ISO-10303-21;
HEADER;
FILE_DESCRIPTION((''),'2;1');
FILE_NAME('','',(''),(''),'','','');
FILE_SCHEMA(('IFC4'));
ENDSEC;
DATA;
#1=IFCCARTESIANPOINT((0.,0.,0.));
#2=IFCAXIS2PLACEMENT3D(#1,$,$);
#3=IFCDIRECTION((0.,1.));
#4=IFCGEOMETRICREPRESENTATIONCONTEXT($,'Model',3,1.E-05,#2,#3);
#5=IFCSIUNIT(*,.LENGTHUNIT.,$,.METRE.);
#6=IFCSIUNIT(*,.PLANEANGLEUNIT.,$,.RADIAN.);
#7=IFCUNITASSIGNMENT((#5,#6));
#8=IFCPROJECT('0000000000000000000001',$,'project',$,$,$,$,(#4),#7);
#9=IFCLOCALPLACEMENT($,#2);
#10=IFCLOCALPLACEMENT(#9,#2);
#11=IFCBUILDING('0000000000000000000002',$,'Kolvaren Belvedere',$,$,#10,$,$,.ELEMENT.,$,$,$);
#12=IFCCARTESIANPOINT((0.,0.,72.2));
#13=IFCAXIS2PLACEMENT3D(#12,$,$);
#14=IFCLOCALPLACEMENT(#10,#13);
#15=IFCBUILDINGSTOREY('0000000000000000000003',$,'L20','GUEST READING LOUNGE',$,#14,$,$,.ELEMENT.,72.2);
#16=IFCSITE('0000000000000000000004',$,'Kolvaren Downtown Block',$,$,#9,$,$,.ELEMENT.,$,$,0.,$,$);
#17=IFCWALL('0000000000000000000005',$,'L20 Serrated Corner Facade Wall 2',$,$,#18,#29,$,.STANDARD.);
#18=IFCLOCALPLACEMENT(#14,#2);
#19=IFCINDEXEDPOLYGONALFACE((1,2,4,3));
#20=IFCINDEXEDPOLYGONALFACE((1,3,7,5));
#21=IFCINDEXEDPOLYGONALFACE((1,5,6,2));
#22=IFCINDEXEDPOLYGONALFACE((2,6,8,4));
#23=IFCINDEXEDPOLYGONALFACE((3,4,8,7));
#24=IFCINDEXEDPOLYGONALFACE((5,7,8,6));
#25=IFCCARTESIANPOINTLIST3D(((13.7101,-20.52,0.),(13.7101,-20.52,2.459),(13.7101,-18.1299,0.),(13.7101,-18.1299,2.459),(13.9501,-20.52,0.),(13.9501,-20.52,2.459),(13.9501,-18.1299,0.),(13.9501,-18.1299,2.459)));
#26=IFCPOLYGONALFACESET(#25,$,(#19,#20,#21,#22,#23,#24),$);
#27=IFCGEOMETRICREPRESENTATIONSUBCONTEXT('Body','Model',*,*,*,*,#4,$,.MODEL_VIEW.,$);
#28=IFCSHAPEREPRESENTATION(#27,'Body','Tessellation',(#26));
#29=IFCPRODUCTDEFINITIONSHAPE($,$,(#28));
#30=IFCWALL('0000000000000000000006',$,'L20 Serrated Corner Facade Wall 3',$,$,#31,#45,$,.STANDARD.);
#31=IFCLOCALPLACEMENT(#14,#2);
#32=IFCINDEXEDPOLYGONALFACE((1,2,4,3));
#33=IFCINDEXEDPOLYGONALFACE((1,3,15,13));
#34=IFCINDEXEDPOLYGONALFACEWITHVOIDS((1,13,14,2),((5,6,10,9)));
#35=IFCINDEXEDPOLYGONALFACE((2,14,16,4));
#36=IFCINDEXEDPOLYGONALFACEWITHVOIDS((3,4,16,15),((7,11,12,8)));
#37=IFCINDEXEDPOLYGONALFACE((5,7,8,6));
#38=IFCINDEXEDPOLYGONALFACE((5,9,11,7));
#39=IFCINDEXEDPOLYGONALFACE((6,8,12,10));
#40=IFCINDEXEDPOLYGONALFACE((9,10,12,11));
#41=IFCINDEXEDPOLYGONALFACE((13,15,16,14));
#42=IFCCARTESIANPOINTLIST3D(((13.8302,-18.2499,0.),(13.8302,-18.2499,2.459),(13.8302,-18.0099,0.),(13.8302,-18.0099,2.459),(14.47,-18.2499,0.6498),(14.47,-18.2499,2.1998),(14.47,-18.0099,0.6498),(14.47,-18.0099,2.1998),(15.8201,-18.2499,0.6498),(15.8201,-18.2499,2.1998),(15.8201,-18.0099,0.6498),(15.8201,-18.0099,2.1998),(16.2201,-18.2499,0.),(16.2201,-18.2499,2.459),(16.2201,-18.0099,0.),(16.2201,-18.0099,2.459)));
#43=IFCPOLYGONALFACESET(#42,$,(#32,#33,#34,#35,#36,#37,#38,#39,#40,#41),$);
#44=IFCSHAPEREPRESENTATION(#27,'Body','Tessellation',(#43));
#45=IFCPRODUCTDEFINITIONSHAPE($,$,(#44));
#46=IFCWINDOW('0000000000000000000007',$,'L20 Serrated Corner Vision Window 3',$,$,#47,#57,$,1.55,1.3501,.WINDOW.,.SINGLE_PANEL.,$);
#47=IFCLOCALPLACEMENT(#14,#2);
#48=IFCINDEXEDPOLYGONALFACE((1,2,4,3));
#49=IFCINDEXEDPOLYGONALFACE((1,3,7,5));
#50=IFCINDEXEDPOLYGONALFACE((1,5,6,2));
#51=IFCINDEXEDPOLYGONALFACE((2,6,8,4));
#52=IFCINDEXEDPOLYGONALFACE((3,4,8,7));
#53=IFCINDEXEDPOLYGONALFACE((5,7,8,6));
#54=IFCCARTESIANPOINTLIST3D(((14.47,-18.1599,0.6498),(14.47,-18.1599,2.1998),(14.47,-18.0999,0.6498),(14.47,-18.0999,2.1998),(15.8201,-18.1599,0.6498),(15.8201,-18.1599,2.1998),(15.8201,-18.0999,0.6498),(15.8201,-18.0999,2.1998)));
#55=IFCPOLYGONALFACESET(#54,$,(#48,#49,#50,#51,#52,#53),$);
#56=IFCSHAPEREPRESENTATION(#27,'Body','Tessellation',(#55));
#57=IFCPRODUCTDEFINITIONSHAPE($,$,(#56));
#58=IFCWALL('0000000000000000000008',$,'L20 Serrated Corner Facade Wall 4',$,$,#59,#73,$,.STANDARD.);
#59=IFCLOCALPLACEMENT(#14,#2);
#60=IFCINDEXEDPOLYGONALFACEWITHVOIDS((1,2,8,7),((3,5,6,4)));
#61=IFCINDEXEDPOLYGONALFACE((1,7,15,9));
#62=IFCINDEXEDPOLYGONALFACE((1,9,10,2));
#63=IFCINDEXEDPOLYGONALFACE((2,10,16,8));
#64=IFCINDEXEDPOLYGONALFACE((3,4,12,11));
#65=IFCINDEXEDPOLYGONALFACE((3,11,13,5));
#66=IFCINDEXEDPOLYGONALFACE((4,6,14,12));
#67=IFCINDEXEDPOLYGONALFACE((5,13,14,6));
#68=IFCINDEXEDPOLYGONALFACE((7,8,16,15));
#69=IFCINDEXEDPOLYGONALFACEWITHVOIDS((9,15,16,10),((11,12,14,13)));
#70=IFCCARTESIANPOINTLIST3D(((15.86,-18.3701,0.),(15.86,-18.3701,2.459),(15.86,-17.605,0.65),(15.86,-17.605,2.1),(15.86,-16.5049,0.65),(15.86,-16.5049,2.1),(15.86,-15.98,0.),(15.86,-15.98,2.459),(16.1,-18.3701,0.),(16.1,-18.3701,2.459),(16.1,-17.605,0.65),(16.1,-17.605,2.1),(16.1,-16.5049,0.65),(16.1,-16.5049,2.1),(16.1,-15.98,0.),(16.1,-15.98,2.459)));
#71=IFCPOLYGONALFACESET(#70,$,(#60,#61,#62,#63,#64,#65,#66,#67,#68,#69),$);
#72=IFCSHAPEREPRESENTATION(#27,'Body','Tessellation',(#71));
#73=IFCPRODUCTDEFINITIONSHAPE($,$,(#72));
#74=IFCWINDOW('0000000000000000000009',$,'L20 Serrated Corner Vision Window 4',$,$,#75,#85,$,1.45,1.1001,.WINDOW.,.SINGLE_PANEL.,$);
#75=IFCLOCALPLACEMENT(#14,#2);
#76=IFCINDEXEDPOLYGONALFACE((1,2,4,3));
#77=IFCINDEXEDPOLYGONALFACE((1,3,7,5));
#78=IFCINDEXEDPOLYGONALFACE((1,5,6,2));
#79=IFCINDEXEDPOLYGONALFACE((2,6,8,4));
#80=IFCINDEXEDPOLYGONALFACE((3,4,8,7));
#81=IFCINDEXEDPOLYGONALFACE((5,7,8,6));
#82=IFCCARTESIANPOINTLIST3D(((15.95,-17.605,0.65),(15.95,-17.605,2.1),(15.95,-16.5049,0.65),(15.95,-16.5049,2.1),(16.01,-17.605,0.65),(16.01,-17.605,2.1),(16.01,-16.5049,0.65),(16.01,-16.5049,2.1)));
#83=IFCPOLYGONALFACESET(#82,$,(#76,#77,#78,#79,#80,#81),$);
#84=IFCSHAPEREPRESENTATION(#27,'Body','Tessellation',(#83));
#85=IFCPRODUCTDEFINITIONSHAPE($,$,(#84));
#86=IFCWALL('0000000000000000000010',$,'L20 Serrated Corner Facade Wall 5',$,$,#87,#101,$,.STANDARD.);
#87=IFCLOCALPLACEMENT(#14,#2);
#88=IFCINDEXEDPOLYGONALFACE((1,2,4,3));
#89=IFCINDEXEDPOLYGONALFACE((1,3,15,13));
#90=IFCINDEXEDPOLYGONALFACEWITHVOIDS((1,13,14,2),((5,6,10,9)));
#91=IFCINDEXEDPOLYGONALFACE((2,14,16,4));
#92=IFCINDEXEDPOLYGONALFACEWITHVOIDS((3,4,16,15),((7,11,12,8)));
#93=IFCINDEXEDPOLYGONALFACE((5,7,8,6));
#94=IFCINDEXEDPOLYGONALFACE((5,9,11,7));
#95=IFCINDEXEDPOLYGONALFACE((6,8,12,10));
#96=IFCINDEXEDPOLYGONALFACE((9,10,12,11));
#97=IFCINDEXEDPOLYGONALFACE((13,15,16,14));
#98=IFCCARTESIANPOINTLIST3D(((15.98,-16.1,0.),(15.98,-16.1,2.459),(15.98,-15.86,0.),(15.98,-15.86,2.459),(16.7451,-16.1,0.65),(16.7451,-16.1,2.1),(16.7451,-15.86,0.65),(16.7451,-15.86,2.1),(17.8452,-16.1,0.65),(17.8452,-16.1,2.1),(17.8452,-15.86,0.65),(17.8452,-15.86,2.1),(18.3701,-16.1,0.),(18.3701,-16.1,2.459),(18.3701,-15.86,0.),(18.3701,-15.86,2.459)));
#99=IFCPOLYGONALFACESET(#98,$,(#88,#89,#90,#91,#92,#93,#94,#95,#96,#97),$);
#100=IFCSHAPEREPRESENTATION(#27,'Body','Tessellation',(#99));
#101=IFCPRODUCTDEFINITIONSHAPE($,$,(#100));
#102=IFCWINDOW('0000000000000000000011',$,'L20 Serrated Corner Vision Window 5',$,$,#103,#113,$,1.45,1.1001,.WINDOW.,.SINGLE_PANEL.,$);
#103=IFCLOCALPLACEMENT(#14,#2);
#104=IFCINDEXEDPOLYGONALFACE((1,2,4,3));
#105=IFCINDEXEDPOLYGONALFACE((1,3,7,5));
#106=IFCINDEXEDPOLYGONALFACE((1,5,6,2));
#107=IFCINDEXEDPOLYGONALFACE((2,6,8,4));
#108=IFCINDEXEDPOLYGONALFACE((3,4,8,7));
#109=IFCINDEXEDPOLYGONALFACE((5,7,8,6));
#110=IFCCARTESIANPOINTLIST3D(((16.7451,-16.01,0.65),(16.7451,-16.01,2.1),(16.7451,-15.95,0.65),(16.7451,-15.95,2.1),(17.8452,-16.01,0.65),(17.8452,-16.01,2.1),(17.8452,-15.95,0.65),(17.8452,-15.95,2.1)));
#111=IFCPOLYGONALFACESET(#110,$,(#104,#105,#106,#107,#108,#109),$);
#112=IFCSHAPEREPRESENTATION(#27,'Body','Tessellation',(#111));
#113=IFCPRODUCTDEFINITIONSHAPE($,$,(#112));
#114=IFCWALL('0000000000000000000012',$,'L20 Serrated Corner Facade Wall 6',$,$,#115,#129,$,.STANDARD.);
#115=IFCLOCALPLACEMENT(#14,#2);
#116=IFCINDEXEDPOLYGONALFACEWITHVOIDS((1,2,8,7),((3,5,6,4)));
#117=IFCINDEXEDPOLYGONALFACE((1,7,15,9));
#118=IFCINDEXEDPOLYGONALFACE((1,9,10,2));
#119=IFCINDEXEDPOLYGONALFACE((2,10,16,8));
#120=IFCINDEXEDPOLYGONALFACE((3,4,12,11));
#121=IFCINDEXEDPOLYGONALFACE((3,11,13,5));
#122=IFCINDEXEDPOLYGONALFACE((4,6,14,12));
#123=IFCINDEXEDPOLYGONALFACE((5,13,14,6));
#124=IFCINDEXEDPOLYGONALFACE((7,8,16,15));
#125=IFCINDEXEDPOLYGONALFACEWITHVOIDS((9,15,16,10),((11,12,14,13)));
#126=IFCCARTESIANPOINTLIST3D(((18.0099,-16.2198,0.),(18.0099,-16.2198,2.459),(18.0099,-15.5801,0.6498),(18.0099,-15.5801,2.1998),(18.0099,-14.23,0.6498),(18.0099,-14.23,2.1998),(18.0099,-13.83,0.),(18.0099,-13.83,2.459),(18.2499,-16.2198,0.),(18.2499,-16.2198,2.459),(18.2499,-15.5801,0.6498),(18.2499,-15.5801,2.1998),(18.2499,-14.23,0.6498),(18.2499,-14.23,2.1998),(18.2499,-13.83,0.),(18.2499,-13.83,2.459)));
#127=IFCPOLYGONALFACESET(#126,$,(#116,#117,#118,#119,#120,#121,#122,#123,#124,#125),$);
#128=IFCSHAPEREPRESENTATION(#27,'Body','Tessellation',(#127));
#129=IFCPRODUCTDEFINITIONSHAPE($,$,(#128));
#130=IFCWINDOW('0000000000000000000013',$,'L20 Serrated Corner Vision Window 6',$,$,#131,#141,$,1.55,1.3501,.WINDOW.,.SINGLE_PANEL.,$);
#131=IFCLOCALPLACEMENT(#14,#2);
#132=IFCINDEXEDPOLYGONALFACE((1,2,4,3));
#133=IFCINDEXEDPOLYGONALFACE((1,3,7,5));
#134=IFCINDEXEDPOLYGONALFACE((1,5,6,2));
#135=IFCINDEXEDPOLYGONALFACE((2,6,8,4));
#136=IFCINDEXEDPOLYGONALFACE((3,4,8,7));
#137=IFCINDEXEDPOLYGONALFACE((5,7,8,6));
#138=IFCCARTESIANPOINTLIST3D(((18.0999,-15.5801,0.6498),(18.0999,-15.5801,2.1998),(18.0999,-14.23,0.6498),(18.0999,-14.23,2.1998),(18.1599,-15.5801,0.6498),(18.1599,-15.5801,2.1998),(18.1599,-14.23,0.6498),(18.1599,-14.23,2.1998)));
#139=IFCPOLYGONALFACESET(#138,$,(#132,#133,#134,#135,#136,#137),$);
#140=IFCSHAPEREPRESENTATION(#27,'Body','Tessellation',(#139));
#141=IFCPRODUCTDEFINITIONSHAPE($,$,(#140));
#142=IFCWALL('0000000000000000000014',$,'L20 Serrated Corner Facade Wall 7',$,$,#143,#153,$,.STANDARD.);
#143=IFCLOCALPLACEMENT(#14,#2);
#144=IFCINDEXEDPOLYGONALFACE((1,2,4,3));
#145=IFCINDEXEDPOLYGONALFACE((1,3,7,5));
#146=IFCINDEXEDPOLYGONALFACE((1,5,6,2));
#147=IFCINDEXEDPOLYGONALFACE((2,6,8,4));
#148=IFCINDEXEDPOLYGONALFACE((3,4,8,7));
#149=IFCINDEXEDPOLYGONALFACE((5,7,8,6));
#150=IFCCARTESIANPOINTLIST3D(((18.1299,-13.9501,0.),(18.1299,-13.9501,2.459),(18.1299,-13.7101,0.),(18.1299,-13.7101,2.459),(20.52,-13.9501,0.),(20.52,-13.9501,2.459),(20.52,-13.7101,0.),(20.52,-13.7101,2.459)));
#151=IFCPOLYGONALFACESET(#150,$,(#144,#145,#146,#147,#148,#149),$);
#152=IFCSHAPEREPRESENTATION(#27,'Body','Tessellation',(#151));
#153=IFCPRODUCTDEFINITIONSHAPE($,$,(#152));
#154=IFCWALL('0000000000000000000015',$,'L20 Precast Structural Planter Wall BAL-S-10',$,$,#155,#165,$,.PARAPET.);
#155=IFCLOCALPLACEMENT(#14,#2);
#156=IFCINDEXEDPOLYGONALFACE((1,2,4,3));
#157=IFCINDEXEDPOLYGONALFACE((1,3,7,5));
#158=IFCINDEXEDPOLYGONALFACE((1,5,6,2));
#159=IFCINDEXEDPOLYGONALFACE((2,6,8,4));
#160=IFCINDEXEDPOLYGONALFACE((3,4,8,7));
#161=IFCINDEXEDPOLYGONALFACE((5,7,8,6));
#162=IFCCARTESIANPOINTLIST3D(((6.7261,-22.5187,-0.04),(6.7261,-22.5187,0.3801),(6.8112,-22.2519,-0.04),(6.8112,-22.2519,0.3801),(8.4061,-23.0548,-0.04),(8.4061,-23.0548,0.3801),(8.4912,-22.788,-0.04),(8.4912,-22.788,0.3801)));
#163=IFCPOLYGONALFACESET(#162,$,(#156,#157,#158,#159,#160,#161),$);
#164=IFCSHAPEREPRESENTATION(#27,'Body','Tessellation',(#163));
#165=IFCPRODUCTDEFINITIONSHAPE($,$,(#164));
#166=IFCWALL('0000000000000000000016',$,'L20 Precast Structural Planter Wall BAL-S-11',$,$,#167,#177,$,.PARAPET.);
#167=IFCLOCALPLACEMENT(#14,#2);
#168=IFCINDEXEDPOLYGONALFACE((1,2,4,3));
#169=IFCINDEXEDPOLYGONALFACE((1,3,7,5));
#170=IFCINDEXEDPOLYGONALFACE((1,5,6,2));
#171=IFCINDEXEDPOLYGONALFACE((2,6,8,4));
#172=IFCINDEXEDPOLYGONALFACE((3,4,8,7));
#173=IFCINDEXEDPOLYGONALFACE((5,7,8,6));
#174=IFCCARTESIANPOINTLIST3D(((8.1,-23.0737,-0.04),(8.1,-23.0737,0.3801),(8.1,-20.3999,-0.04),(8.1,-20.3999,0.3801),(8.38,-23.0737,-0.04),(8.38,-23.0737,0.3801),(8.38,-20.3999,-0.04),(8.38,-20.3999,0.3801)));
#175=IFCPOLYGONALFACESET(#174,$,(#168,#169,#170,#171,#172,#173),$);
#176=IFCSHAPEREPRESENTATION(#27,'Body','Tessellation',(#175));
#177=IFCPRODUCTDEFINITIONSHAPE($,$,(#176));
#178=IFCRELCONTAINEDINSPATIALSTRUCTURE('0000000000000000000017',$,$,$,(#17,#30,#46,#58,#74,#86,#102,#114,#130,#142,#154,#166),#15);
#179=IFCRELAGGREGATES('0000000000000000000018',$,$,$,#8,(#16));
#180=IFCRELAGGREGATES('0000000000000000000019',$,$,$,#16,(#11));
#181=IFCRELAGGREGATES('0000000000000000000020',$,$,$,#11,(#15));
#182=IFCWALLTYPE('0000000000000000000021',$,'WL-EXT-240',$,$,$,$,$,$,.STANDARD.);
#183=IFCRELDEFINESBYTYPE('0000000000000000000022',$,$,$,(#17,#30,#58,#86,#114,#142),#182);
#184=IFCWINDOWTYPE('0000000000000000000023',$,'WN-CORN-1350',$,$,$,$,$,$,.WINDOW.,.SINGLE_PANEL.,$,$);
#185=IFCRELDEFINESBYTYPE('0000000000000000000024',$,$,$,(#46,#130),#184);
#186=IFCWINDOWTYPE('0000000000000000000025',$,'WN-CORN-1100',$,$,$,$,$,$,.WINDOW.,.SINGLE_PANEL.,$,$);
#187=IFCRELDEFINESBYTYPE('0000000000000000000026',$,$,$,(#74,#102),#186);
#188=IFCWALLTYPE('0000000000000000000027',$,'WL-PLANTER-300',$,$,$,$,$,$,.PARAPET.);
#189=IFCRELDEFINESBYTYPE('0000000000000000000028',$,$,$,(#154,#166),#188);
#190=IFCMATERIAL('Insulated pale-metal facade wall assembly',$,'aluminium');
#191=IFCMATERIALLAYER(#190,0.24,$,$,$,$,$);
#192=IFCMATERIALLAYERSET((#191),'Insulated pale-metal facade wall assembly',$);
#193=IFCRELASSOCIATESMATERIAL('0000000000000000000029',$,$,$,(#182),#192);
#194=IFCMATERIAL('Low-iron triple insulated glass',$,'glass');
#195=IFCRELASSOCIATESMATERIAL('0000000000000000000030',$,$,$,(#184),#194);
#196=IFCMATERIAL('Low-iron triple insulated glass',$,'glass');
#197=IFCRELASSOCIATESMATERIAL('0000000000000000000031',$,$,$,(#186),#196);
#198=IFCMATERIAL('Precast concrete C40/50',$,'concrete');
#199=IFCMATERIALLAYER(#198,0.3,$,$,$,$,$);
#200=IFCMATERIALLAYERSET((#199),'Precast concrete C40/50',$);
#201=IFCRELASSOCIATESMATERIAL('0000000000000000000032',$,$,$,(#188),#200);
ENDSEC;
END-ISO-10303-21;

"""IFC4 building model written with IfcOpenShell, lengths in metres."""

from ifc_helpers import new_model, si_unit, direction, frame, frame_2d, origin, place, context, subcontext, project, spatial, rectangle, extrude, material, layer, layer_set, type_object, element, fill, save


model = new_model("IFC4")

# Units and contexts
model_context = context("Model", 3, precision=1e-05, world=origin(), true_north=direction((0.0, 1.0)))
body_context = subcontext(model_context, "Body", "Model", "MODEL_VIEW")
ifc_project = project(units=[si_unit("LENGTHUNIT", "METRE"), si_unit("PLANEANGLEUNIT", "RADIAN")], contexts=[model_context])

# Site, building, storey
site_placement = place(None, origin())
site = spatial("IfcSite", under=ifc_project, at=site_placement, Name="Kolvaren Downtown Block", CompositionType="ELEMENT", RefElevation=0.0)
building_placement = place(site_placement, origin())
building = spatial("IfcBuilding", under=site, at=building_placement, Name="Kolvaren Belvedere", CompositionType="ELEMENT")
storey_placement = place(building_placement, frame((0.0, 0.0, 72.2)))
storey = spatial("IfcBuildingStorey", under=building, at=storey_placement, Name="L20", Description="GUEST READING LOUNGE", CompositionType="ELEMENT", Elevation=72.2)

# Wall
ifc_material_1 = material(Name="Insulated pale-metal facade wall assembly", Category="aluminium")
ifc_layer_1 = layer(ifc_material_1, 0.24)
ifc_layer_set_1 = layer_set([ifc_layer_1], Name="Insulated pale-metal facade wall assembly")
wall_type_1 = type_object("IfcWallType", Name="WL-EXT-240", PredefinedType="STANDARD", material=ifc_layer_set_1)
wall_1_placement = place(storey_placement, frame((13.8301, -18.1299, 0.0), z_axis=(0.0, 0.0, 1.0), x_axis=(0.0, -1.0, 0.0)))
element("IfcWall", 1, at=wall_1_placement, inside=storey, type_object=wall_type_1, Name="L20 Serrated Corner Facade Wall 2", PredefinedType="STANDARD", context=body_context, shape_type="SweptSolid", body=[
    extrude(rectangle(XDim=2.3901, YDim=0.24, at=frame_2d((1.1951, 0.0))), origin(), (0.0, 0.0, 1.0), 2.459),
])

# Walls, openings, windows
wall_2_placement = place(storey_placement, frame((16.22, -18.1299, 0.0), z_axis=(0.0, 0.0, 1.0), x_axis=(-1.0, 0.0, 0.0)))
wall_2 = element("IfcWall", 2, at=wall_2_placement, inside=storey, type_object=wall_type_1, Name="L20 Serrated Corner Facade Wall 3", PredefinedType="STANDARD", context=body_context, shape_type="SweptSolid", body=[
    extrude(rectangle(XDim=2.3899, YDim=0.24, at=frame_2d((1.1948, 0.0))), origin(), (0.0, 0.0, 1.0), 2.459),
])
opening_1_placement = place(wall_2_placement, frame((0.3999, 0.0, 0.6499)))
opening_1 = element("IfcOpeningElement", 3, at=opening_1_placement, cuts=wall_2, PredefinedType="OPENING", context=body_context, shape_type="SweptSolid", body=[
    extrude(rectangle(XDim=1.3501, YDim=1.55, at=frame_2d((0.675, 0.7749))), frame((0.0, 0.1299, 0.0), z_axis=(0.0, -1.0, 0.0), x_axis=(1.0, 0.0, 0.0)), (0.0, 0.0, 1.0), 0.26),
])
ifc_material_2 = material(Name="Low-iron triple insulated glass", Category="glass")
window_type_1 = type_object("IfcWindowType", Name="WN-CORN-1350", PartitioningType="SINGLE_PANEL", PredefinedType="WINDOW", material=ifc_material_2)
window_1_placement = place(opening_1_placement, origin())
window_1 = element("IfcWindow", 4, at=window_1_placement, inside=storey, type_object=window_type_1, Name="L20 Serrated Corner Vision Window 3", OverallHeight=1.55, OverallWidth=1.3501, PartitioningType="SINGLE_PANEL", PredefinedType="WINDOW", context=body_context, shape_type="SweptSolid", body=[
    extrude(rectangle(XDim=1.3501, YDim=1.55, at=frame_2d((0.675, 0.7749))), frame((0.0, 0.03, 0.0), z_axis=(0.0, -1.0, 0.0), x_axis=(1.0, 0.0, 0.0)), (0.0, 0.0, 1.0), 0.0601),
])
fill(opening_1, window_1)
wall_3_placement = place(storey_placement, frame((15.98, -15.98, 0.0), z_axis=(0.0, 0.0, 1.0), x_axis=(0.0, -1.0, 0.0)))
wall_3 = element("IfcWall", 5, at=wall_3_placement, inside=storey, type_object=wall_type_1, Name="L20 Serrated Corner Facade Wall 4", PredefinedType="STANDARD", context=body_context, shape_type="SweptSolid", body=[
    extrude(rectangle(XDim=2.3901, YDim=0.24, at=frame_2d((1.1951, 0.0))), origin(), (0.0, 0.0, 1.0), 2.459),
])
opening_2_placement = place(wall_3_placement, frame((0.5249, 0.0, 0.6499)))
opening_2 = element("IfcOpeningElement", 6, at=opening_2_placement, cuts=wall_3, PredefinedType="OPENING", context=body_context, shape_type="SweptSolid", body=[
    extrude(rectangle(XDim=1.1001, YDim=1.45, at=frame_2d((0.55, 0.7251))), frame((0.0, 0.1299, 0.0), z_axis=(0.0, -1.0, 0.0), x_axis=(1.0, 0.0, 0.0)), (0.0, 0.0, 1.0), 0.26),
])
ifc_material_3 = material(Name="Low-iron triple insulated glass", Category="glass")
window_type_2 = type_object("IfcWindowType", Name="WN-CORN-1100", PartitioningType="SINGLE_PANEL", PredefinedType="WINDOW", material=ifc_material_3)
window_2_placement = place(opening_2_placement, origin())
window_2 = element("IfcWindow", 7, at=window_2_placement, inside=storey, type_object=window_type_2, Name="L20 Serrated Corner Vision Window 4", OverallHeight=1.45, OverallWidth=1.1001, PartitioningType="SINGLE_PANEL", PredefinedType="WINDOW", context=body_context, shape_type="SweptSolid", body=[
    extrude(rectangle(XDim=1.1001, YDim=1.45, at=frame_2d((0.55, 0.7251))), frame((0.0, 0.03, 0.0), z_axis=(0.0, -1.0, 0.0), x_axis=(1.0, 0.0, 0.0)), (0.0, 0.0, 1.0), 0.0601),
])
fill(opening_2, window_2)
wall_4_placement = place(storey_placement, frame((18.3701, -15.98, 0.0), z_axis=(0.0, 0.0, 1.0), x_axis=(-1.0, 0.0, 0.0)))
wall_4 = element("IfcWall", 8, at=wall_4_placement, inside=storey, type_object=wall_type_1, Name="L20 Serrated Corner Facade Wall 5", PredefinedType="STANDARD", context=body_context, shape_type="SweptSolid", body=[
    extrude(rectangle(XDim=2.3901, YDim=0.24, at=frame_2d((1.1951, 0.0))), origin(), (0.0, 0.0, 1.0), 2.459),
])
opening_3_placement = place(wall_4_placement, frame((0.5249, 0.0, 0.6499)))
opening_3 = element("IfcOpeningElement", 9, at=opening_3_placement, cuts=wall_4, PredefinedType="OPENING", context=body_context, shape_type="SweptSolid", body=[
    extrude(rectangle(XDim=1.1001, YDim=1.45, at=frame_2d((0.55, 0.7251))), frame((0.0, 0.1299, 0.0), z_axis=(0.0, -1.0, 0.0), x_axis=(1.0, 0.0, 0.0)), (0.0, 0.0, 1.0), 0.26),
])
window_3_placement = place(opening_3_placement, origin())
window_3 = element("IfcWindow", 10, at=window_3_placement, inside=storey, type_object=window_type_2, Name="L20 Serrated Corner Vision Window 5", OverallHeight=1.45, OverallWidth=1.1001, PartitioningType="SINGLE_PANEL", PredefinedType="WINDOW", context=body_context, shape_type="SweptSolid", body=[
    extrude(rectangle(XDim=1.1001, YDim=1.45, at=frame_2d((0.55, 0.7251))), frame((0.0, 0.03, 0.0), z_axis=(0.0, -1.0, 0.0), x_axis=(1.0, 0.0, 0.0)), (0.0, 0.0, 1.0), 0.0601),
])
fill(opening_3, window_3)
wall_5_placement = place(storey_placement, frame((18.1299, -13.8301, 0.0), z_axis=(0.0, 0.0, 1.0), x_axis=(0.0, -1.0, 0.0)))
wall_5 = element("IfcWall", 11, at=wall_5_placement, inside=storey, type_object=wall_type_1, Name="L20 Serrated Corner Facade Wall 6", PredefinedType="STANDARD", context=body_context, shape_type="SweptSolid", body=[
    extrude(rectangle(XDim=2.3899, YDim=0.24, at=frame_2d((1.1948, 0.0))), origin(), (0.0, 0.0, 1.0), 2.459),
])
opening_4_placement = place(wall_5_placement, frame((0.3999, 0.0, 0.6499)))
opening_4 = element("IfcOpeningElement", 12, at=opening_4_placement, cuts=wall_5, PredefinedType="OPENING", context=body_context, shape_type="SweptSolid", body=[
    extrude(rectangle(XDim=1.3501, YDim=1.55, at=frame_2d((0.675, 0.7749))), frame((0.0, 0.1299, 0.0), z_axis=(0.0, -1.0, 0.0), x_axis=(1.0, 0.0, 0.0)), (0.0, 0.0, 1.0), 0.26),
])
window_4_placement = place(opening_4_placement, origin())
window_4 = element("IfcWindow", 13, at=window_4_placement, inside=storey, type_object=window_type_1, Name="L20 Serrated Corner Vision Window 6", OverallHeight=1.55, OverallWidth=1.3501, PartitioningType="SINGLE_PANEL", PredefinedType="WINDOW", context=body_context, shape_type="SweptSolid", body=[
    extrude(rectangle(XDim=1.3501, YDim=1.55, at=frame_2d((0.675, 0.7749))), frame((0.0, 0.03, 0.0), z_axis=(0.0, -1.0, 0.0), x_axis=(1.0, 0.0, 0.0)), (0.0, 0.0, 1.0), 0.0601),
])
fill(opening_4, window_4)

# Walls
wall_6_placement = place(storey_placement, frame((20.52, -13.8301, 0.0), z_axis=(0.0, 0.0, 1.0), x_axis=(-1.0, 0.0, 0.0)))
element("IfcWall", 14, at=wall_6_placement, inside=storey, type_object=wall_type_1, Name="L20 Serrated Corner Facade Wall 7", PredefinedType="STANDARD", context=body_context, shape_type="SweptSolid", body=[
    extrude(rectangle(XDim=2.3901, YDim=0.24, at=frame_2d((1.1951, 0.0))), origin(), (0.0, 0.0, 1.0), 2.459),
])
ifc_material_4 = material(Name="Precast concrete C40/50", Category="concrete")
ifc_layer_2 = layer(ifc_material_4, 0.3)
ifc_layer_set_2 = layer_set([ifc_layer_2], Name="Precast concrete C40/50")
wall_type_2 = type_object("IfcWallType", Name="WL-PLANTER-300", PredefinedType="PARAPET", material=ifc_layer_set_2)
wall_7_placement = place(storey_placement, frame((6.7686, -22.3853, -0.04), z_axis=(0.0, 0.0, 1.0), x_axis=(0.952662, -0.304032, 0.0)))
element("IfcWall", 15, at=wall_7_placement, inside=storey, type_object=wall_type_2, Name="L20 Precast Structural Planter Wall BAL-S-10", PredefinedType="PARAPET", context=body_context, shape_type="SweptSolid", body=[
    extrude(rectangle(XDim=1.7634, YDim=0.28, at=frame_2d((0.8818, 0.0))), origin(), (0.0, 0.0, 1.0), 0.4202),
])
wall_8_placement = place(storey_placement, frame((8.24, -23.0737, -0.04), z_axis=(0.0, 0.0, 1.0), x_axis=(0.0, 1.0, 0.0)))
element("IfcWall", 16, at=wall_8_placement, inside=storey, type_object=wall_type_2, Name="L20 Precast Structural Planter Wall BAL-S-11", PredefinedType="PARAPET", context=body_context, shape_type="SweptSolid", body=[
    extrude(rectangle(XDim=2.6738, YDim=0.28, at=frame_2d((1.3369, 0.0))), origin(), (0.0, 0.0, 1.0), 0.4202),
])

save(model, "model.ifc")
